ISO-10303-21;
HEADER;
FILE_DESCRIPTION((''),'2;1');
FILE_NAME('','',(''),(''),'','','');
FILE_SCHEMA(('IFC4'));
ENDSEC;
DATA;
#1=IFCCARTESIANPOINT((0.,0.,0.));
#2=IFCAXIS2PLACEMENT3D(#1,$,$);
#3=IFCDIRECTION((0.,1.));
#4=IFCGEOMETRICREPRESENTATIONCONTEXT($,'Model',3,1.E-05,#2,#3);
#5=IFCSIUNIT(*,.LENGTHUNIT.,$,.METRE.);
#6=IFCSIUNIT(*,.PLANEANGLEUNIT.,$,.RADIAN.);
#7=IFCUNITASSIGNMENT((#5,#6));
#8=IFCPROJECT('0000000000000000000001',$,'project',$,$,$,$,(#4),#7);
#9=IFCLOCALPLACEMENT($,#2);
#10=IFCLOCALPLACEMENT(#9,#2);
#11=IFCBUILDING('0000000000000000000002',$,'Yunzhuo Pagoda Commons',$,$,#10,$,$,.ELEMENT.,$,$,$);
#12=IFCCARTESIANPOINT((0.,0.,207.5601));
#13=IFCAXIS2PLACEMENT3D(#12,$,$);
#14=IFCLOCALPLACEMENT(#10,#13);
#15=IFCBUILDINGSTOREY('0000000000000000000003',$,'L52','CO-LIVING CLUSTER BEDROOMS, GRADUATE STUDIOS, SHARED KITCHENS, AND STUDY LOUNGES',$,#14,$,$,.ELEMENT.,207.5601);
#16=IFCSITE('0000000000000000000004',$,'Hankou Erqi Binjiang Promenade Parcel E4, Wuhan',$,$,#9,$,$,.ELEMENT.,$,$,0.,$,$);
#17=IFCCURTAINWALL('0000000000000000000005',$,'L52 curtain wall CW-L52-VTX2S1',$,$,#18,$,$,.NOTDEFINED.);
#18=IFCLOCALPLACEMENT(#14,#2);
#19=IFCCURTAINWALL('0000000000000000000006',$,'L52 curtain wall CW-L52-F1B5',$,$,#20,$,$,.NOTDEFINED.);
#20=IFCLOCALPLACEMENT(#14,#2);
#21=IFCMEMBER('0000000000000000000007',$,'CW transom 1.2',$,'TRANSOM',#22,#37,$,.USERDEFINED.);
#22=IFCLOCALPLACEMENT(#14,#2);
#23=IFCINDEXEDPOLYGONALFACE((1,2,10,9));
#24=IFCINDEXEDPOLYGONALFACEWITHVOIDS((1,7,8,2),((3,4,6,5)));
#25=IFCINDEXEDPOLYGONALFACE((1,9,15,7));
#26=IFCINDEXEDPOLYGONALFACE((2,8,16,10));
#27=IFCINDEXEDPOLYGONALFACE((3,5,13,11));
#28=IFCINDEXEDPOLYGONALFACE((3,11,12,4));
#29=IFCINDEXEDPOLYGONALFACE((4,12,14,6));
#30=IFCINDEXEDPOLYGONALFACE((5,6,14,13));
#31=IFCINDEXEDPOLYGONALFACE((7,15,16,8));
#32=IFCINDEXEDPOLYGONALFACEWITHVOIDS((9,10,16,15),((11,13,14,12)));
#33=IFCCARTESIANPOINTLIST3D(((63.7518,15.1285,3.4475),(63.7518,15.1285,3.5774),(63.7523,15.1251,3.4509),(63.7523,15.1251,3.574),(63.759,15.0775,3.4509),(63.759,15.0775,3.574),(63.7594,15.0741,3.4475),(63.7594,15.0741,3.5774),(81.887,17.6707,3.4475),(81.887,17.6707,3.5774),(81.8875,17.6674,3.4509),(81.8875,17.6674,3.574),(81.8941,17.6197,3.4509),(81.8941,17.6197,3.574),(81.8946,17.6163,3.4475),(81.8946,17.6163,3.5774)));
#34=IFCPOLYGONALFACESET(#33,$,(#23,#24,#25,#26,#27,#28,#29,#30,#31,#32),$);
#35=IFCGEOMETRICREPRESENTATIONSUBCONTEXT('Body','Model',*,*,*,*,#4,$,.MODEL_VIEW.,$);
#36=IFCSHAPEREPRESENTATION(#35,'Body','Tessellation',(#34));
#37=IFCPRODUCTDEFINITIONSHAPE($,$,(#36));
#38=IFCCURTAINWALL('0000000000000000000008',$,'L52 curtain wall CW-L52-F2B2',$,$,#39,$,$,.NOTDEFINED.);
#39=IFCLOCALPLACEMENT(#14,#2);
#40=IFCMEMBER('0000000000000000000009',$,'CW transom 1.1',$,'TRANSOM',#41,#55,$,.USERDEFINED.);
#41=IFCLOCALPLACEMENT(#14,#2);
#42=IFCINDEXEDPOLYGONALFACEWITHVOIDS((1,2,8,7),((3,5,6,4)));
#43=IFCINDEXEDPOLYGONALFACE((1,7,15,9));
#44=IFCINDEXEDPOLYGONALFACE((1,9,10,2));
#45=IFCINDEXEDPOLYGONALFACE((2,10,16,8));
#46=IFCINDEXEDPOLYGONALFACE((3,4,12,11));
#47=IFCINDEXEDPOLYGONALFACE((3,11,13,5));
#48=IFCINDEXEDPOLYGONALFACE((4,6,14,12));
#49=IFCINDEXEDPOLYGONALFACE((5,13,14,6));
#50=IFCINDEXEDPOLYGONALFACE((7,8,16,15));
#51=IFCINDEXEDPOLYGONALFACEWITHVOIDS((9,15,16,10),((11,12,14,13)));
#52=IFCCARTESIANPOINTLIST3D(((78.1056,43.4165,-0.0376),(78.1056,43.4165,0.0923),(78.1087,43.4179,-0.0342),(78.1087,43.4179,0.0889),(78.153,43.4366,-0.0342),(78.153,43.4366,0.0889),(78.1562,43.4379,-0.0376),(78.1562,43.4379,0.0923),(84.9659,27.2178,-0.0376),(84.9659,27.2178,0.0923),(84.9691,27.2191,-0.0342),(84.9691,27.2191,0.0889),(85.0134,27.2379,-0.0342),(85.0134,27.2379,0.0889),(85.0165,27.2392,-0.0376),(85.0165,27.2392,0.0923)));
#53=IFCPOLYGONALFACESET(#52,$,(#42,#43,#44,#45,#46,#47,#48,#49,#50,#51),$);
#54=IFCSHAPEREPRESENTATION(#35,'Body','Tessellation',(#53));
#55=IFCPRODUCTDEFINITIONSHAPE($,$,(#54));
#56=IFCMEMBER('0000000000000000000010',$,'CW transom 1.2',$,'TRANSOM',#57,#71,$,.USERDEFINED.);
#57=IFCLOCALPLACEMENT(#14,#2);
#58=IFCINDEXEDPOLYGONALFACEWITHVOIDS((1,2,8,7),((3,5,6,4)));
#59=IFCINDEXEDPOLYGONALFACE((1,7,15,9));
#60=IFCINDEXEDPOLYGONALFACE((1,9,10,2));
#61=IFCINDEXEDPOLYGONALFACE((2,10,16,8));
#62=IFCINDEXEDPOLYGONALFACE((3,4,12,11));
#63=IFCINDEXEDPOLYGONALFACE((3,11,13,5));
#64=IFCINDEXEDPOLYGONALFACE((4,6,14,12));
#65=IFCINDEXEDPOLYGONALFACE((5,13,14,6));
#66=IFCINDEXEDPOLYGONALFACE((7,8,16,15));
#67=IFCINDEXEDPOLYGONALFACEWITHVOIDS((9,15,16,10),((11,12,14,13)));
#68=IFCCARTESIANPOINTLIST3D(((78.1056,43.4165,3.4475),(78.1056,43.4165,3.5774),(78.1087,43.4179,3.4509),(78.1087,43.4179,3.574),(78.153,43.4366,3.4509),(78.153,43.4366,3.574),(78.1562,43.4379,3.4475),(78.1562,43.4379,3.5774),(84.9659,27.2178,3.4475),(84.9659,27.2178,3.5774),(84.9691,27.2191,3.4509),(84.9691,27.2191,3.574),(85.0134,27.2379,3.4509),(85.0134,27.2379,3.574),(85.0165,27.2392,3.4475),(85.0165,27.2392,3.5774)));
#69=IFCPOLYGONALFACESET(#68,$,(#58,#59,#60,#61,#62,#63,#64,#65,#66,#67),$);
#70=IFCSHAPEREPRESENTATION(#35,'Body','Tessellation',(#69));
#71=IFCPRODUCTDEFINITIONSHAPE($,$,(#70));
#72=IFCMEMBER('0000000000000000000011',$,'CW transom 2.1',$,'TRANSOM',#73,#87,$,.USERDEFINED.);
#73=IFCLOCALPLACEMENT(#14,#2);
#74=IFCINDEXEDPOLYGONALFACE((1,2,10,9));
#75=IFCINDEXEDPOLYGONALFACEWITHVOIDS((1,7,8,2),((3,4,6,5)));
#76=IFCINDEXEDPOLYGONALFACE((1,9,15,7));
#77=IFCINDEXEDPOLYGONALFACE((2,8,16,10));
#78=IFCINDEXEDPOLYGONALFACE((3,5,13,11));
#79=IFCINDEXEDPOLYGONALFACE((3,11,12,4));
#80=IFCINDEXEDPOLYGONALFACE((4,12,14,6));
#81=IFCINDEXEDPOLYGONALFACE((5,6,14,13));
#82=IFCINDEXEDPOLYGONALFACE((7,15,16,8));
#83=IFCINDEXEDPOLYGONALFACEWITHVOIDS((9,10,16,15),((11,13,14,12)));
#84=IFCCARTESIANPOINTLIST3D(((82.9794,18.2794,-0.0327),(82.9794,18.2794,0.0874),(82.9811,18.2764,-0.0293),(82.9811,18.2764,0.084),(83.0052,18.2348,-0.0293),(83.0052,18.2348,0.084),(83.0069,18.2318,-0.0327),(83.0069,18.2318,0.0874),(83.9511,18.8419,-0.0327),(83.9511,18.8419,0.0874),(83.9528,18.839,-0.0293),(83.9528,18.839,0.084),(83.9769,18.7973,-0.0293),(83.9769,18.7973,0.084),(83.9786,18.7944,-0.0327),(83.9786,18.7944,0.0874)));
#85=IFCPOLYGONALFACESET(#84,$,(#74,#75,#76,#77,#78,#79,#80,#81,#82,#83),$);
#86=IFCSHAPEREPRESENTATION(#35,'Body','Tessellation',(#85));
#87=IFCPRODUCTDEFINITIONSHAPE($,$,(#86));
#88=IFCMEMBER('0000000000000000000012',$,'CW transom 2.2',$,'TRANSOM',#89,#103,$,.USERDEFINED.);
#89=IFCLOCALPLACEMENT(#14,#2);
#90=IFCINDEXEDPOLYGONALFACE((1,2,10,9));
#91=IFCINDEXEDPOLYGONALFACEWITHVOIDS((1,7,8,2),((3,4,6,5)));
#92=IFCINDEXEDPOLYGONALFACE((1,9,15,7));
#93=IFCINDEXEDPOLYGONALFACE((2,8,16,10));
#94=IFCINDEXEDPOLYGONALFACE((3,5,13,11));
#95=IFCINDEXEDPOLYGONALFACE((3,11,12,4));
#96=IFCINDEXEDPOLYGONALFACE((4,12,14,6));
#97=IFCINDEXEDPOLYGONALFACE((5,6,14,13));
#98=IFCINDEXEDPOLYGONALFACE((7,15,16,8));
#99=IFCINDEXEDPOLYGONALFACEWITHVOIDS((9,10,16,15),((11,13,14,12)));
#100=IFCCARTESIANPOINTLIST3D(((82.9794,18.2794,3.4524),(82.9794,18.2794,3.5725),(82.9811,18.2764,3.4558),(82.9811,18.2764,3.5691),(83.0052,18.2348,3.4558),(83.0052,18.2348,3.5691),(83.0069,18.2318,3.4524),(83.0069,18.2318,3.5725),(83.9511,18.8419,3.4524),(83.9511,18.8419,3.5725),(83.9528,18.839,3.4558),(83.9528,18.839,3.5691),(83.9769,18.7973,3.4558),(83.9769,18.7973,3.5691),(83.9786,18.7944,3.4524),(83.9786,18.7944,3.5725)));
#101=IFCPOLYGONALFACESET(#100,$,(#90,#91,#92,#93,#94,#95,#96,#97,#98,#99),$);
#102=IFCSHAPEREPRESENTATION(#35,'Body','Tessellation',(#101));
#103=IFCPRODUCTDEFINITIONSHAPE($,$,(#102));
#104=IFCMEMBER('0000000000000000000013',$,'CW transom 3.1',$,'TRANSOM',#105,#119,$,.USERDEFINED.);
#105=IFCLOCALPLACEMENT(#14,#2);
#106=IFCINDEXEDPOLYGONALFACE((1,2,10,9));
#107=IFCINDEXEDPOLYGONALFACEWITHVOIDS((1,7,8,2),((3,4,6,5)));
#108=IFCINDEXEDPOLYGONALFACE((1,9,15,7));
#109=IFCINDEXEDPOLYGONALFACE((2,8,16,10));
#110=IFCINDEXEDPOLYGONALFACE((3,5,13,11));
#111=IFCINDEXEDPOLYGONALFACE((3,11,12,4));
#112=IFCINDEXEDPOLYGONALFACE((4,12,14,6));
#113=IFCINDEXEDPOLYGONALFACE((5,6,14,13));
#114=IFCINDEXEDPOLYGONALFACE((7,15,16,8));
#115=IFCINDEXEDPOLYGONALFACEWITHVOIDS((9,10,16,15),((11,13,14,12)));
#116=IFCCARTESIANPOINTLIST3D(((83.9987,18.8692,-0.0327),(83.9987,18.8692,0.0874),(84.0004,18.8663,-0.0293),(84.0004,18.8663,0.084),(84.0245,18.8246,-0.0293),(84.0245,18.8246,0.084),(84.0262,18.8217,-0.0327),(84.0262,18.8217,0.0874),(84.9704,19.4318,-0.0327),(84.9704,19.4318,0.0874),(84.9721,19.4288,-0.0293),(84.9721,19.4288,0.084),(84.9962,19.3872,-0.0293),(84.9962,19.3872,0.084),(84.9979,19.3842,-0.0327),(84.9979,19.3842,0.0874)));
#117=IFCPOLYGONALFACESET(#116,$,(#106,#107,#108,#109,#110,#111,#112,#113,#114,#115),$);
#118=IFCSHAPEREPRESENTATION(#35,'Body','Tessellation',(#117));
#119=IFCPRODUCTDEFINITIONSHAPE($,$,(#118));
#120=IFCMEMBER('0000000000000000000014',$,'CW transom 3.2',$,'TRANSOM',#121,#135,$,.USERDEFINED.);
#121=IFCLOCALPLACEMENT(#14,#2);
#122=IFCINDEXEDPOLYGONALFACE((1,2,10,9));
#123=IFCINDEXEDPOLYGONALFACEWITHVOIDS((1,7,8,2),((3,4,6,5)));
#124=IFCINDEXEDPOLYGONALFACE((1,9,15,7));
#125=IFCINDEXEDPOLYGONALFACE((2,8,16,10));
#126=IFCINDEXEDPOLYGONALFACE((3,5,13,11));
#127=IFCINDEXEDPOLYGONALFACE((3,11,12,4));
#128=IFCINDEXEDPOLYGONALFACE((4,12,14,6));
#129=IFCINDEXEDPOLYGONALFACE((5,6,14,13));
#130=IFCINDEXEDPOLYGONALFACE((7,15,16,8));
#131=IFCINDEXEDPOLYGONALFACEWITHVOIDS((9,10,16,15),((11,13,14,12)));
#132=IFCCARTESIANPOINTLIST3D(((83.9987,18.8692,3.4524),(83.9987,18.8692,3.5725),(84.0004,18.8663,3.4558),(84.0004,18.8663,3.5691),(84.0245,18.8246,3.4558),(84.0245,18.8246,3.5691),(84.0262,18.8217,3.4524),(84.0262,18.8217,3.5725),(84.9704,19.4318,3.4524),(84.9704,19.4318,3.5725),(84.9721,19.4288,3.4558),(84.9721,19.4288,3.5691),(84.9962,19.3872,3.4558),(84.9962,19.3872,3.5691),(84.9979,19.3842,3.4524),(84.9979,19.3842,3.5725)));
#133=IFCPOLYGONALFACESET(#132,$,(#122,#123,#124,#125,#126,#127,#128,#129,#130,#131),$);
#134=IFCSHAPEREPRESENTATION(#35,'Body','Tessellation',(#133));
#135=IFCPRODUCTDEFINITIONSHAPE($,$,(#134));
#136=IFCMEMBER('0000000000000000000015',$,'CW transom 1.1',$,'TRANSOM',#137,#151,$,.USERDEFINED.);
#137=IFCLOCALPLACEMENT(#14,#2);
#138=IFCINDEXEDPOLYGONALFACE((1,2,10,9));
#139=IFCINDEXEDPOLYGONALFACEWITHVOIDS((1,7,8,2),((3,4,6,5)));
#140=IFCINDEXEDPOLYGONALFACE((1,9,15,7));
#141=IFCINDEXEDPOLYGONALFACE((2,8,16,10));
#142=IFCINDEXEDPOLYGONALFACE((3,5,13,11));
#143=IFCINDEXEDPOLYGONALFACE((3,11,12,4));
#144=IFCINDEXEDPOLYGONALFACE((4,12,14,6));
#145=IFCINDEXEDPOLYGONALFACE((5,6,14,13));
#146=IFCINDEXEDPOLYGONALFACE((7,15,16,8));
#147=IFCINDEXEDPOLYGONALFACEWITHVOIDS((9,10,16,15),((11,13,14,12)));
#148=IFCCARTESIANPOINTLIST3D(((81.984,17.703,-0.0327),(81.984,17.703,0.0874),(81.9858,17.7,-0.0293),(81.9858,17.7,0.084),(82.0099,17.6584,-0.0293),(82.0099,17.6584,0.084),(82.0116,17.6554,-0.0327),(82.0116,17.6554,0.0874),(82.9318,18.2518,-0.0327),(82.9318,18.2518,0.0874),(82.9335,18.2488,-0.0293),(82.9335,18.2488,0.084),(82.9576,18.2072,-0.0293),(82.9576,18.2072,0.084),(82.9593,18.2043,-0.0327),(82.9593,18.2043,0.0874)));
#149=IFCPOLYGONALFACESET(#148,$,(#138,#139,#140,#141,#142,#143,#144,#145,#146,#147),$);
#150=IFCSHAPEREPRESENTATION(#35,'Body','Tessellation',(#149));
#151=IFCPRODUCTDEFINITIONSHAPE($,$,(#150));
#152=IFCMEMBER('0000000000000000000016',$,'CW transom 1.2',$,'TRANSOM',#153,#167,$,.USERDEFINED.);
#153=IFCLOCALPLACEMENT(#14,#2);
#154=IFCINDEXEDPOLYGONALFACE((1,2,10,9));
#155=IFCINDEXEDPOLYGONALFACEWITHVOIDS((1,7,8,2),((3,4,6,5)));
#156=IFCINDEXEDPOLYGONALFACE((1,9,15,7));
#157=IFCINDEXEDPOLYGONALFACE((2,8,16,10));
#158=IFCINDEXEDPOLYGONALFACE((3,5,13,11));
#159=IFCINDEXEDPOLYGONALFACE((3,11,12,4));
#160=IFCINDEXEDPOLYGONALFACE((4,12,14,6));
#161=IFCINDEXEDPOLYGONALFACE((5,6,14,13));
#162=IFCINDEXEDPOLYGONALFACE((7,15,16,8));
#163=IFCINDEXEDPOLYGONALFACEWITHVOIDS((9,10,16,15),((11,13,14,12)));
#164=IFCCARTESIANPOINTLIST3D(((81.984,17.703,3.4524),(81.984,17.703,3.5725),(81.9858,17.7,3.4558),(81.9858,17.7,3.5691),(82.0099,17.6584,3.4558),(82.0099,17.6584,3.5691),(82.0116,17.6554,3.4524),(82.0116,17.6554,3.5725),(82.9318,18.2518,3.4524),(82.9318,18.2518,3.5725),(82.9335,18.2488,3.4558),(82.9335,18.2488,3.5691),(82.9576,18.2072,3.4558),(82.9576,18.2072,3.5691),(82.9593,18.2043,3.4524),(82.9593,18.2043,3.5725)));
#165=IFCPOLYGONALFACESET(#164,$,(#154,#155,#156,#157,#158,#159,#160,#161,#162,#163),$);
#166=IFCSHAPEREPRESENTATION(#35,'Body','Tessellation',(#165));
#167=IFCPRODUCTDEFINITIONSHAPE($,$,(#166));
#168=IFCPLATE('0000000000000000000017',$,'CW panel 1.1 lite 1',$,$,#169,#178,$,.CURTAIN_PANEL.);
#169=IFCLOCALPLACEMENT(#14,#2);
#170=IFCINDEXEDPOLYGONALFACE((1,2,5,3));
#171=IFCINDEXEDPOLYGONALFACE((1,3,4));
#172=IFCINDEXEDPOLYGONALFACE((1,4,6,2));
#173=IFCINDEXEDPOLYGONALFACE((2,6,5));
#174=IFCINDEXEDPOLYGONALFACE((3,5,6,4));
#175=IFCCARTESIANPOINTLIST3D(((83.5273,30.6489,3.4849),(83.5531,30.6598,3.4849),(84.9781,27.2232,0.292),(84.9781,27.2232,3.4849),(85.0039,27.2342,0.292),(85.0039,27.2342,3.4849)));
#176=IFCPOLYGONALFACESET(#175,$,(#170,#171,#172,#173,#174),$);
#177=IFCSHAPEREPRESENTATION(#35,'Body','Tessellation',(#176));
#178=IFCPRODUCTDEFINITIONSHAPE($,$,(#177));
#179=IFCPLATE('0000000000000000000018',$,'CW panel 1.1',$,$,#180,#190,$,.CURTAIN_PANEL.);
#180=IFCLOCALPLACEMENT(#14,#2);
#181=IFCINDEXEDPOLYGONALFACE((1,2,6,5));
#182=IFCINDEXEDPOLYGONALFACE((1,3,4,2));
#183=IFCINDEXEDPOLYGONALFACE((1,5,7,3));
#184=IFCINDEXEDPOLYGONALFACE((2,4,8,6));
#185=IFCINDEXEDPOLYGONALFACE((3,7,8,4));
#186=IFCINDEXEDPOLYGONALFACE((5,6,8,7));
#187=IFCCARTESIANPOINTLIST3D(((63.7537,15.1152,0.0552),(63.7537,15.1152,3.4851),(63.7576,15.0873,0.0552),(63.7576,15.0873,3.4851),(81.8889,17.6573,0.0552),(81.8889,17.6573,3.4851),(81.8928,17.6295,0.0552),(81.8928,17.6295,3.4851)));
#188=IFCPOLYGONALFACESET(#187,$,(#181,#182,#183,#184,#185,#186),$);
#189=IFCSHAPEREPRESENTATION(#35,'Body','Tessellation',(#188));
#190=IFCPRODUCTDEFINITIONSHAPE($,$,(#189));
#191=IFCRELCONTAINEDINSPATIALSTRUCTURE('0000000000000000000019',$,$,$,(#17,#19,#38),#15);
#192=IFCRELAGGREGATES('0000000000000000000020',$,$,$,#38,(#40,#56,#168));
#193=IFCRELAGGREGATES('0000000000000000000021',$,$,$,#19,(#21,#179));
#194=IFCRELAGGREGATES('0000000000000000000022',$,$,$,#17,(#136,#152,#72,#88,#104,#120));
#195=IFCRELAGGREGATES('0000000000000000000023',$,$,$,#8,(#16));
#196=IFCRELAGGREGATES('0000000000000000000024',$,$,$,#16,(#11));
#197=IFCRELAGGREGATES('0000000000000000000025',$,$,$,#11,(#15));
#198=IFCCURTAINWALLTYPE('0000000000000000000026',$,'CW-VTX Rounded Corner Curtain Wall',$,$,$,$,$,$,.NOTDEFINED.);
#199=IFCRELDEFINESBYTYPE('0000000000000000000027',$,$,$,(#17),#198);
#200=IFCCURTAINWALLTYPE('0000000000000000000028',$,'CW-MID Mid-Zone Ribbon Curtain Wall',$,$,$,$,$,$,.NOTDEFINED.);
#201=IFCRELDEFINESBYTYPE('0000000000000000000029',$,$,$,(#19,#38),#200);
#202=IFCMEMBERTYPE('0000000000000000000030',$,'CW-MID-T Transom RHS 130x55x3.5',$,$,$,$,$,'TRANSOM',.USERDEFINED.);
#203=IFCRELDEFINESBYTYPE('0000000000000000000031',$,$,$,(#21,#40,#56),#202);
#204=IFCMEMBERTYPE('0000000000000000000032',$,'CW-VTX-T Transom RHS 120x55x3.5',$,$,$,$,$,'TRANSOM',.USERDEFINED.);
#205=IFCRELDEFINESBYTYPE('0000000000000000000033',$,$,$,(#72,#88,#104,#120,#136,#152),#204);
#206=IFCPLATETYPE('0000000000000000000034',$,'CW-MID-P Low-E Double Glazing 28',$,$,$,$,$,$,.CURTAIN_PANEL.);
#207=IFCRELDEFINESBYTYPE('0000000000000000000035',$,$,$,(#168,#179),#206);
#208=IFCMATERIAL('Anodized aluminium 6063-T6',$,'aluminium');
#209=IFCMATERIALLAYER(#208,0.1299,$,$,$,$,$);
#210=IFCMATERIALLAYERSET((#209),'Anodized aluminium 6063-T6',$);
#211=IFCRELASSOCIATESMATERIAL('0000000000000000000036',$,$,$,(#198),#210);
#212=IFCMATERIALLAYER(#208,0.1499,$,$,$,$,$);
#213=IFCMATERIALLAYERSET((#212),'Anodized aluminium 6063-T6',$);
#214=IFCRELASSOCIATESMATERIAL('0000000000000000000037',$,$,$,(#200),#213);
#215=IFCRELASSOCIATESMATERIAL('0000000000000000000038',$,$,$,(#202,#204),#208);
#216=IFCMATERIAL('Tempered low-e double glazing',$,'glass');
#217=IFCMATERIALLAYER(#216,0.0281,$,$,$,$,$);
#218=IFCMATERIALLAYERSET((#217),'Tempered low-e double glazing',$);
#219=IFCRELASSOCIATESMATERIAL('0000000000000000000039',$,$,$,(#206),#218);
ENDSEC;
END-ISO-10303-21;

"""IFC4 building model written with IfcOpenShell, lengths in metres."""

from ifc_helpers import new_model, si_unit, direction, frame, origin, origin_2d, place, context, subcontext, project, spatial, polyline, rectangle, hollow_rectangle, outline, extrude, source, transform, mapped, material, layer, layer_set, material_profile, profile_set, type_object, element, aggregate, save


model = new_model("IFC4")

# Units and contexts
model_context = context("Model", 3, precision=1e-05, world=origin(), true_north=direction((0.0, 1.0)))
body_context = subcontext(model_context, "Body", "Model", "MODEL_VIEW")
ifc_project = project(units=[si_unit("LENGTHUNIT", "METRE"), si_unit("PLANEANGLEUNIT", "RADIAN")], contexts=[model_context])

# Site, building, storey
site_placement = place(None, origin())
site = spatial("IfcSite", under=ifc_project, at=site_placement, Name="Hankou Erqi Binjiang Promenade Parcel E4, Wuhan", CompositionType="ELEMENT", RefElevation=0.0)
building_placement = place(site_placement, origin())
building = spatial("IfcBuilding", under=site, at=building_placement, Name="Yunzhuo Pagoda Commons", CompositionType="ELEMENT")
storey_placement = place(building_placement, frame((0.0, 0.0, 207.5601)))
storey = spatial("IfcBuildingStorey", under=building, at=storey_placement, Name="L52", Description="CO-LIVING CLUSTER BEDROOMS, GRADUATE STUDIOS, SHARED KITCHENS, AND STUDY LOUNGES", CompositionType="ELEMENT", Elevation=207.5601)

# Curtain walls, members
ifc_material_1 = material(Name="Anodized aluminium 6063-T6", Category="aluminium")
ifc_layer_1 = layer(ifc_material_1, 0.1299)
ifc_layer_set_1 = layer_set([ifc_layer_1], Name="Anodized aluminium 6063-T6")
curtain_wall_type_1 = type_object("IfcCurtainWallType", Name="CW-VTX Rounded Corner Curtain Wall", PredefinedType="NOTDEFINED", material=ifc_layer_set_1)
curtain_wall_1_placement = place(storey_placement, origin())
curtain_wall_1 = element("IfcCurtainWall", 1, at=curtain_wall_1_placement, inside=storey, type_object=curtain_wall_type_1, Name="L52 curtain wall CW-L52-VTX2S1", PredefinedType="NOTDEFINED")
ifc_layer_2 = layer(ifc_material_1, 0.1499)
ifc_layer_set_2 = layer_set([ifc_layer_2], Name="Anodized aluminium 6063-T6")
curtain_wall_type_2 = type_object("IfcCurtainWallType", Name="CW-MID Mid-Zone Ribbon Curtain Wall", PredefinedType="NOTDEFINED", material=ifc_layer_set_2)
curtain_wall_2_placement = place(storey_placement, origin())
curtain_wall_2 = element("IfcCurtainWall", 2, at=curtain_wall_2_placement, inside=storey, type_object=curtain_wall_type_2, Name="L52 curtain wall CW-L52-F1B5", PredefinedType="NOTDEFINED")
ifc_material_profile_1 = material_profile(ifc_material_1, hollow_rectangle(XDim=0.0549, YDim=0.1299, WallThickness=0.0034, at=origin_2d()), Name="Anodized aluminium 6063-T6")
ifc_profile_set_1 = profile_set([ifc_material_profile_1], Name="Anodized aluminium 6063-T6")
member_type_1 = type_object("IfcMemberType", Name="CW-MID-T Transom RHS 130x55x3.5", ElementType="TRANSOM", PredefinedType="USERDEFINED", material=ifc_profile_set_1)
shared_shape_1 = source(origin(), body_context, "Body", "SweptSolid", [
    extrude(hollow_rectangle(XDim=0.0549, YDim=0.1299, WallThickness=0.0034, at=origin_2d()), origin(), (0.0, 0.0, 1.0), 18.3125),
])
member_1_placement = place(storey_placement, frame((63.7556, 15.1013, 3.5125), z_axis=(0.990317, 0.138825, 0.0), x_axis=(-0.138825, 0.990317, 0.0)))
member_1 = element("IfcMember", 3, at=member_1_placement, type_object=member_type_1, Name="CW transom 1.2", ObjectType="TRANSOM", PredefinedType="USERDEFINED", context=body_context, shape_type="MappedRepresentation", body=[
    mapped(shared_shape_1, transform((0.0, 0.0, 0.0), scale=1.0)),
])
curtain_wall_3_placement = place(storey_placement, origin())
curtain_wall_3 = element("IfcCurtainWall", 4, at=curtain_wall_3_placement, inside=storey, type_object=curtain_wall_type_2, Name="L52 curtain wall CW-L52-F2B2", PredefinedType="NOTDEFINED")
shared_shape_2 = source(origin(), body_context, "Body", "SweptSolid", [
    extrude(hollow_rectangle(XDim=0.0549, YDim=0.1299, WallThickness=0.0034, at=origin_2d()), origin(), (0.0, 0.0, 1.0), 17.5916),
])
member_2_placement = place(storey_placement, frame((84.9912, 27.2285, 0.0273), z_axis=(-0.38998, 0.920824, 0.0), x_axis=(-0.920824, -0.38998, 0.0)))
member_2 = element("IfcMember", 5, at=member_2_placement, type_object=member_type_1, Name="CW transom 1.1", ObjectType="TRANSOM", PredefinedType="USERDEFINED", context=body_context, shape_type="MappedRepresentation", body=[
    mapped(shared_shape_2, transform((0.0, 0.0, 0.0), scale=1.0)),
])
member_3_placement = place(storey_placement, frame((84.9912, 27.2285, 3.5125), z_axis=(-0.38998, 0.920824, 0.0), x_axis=(-0.920824, -0.38998, 0.0)))
member_3 = element("IfcMember", 6, at=member_3_placement, type_object=member_type_1, Name="CW transom 1.2", ObjectType="TRANSOM", PredefinedType="USERDEFINED", context=body_context, shape_type="MappedRepresentation", body=[
    mapped(shared_shape_2, transform((0.0, 0.0, 0.0), scale=1.0)),
])

# Members
ifc_material_profile_2 = material_profile(ifc_material_1, hollow_rectangle(XDim=0.0549, YDim=0.1201, WallThickness=0.0034, at=origin_2d()), Name="Anodized aluminium 6063-T6")
ifc_profile_set_2 = profile_set([ifc_material_profile_2], Name="Anodized aluminium 6063-T6")
member_type_2 = type_object("IfcMemberType", Name="CW-VTX-T Transom RHS 120x55x3.5", ElementType="TRANSOM", PredefinedType="USERDEFINED", material=ifc_profile_set_2)
shared_shape_3 = source(origin(), body_context, "Body", "SweptSolid", [
    extrude(hollow_rectangle(XDim=0.0549, YDim=0.1201, WallThickness=0.0034, at=origin_2d()), origin(), (0.0, 0.0, 1.0), 1.1228),
])
member_4_placement = place(storey_placement, frame((82.9932, 18.2556, 0.0273), z_axis=(0.865446, 0.501002, 0.0), x_axis=(-0.501002, 0.865446, 0.0)))
member_4 = element("IfcMember", 7, at=member_4_placement, type_object=member_type_2, Name="CW transom 2.1", ObjectType="TRANSOM", PredefinedType="USERDEFINED", context=body_context, shape_type="MappedRepresentation", body=[
    mapped(shared_shape_3, transform((0.0, 0.0, 0.0), scale=1.0)),
])
member_5_placement = place(storey_placement, frame((82.9932, 18.2556, 3.5125), z_axis=(0.865446, 0.501002, 0.0), x_axis=(-0.501002, 0.865446, 0.0)))
member_5 = element("IfcMember", 8, at=member_5_placement, type_object=member_type_2, Name="CW transom 2.2", ObjectType="TRANSOM", PredefinedType="USERDEFINED", context=body_context, shape_type="MappedRepresentation", body=[
    mapped(shared_shape_3, transform((0.0, 0.0, 0.0), scale=1.0)),
])
member_6_placement = place(storey_placement, frame((84.0125, 18.8455, 0.0273), z_axis=(0.865446, 0.501002, 0.0), x_axis=(-0.501002, 0.865446, 0.0)))
member_6 = element("IfcMember", 9, at=member_6_placement, type_object=member_type_2, Name="CW transom 3.1", ObjectType="TRANSOM", PredefinedType="USERDEFINED", context=body_context, shape_type="MappedRepresentation", body=[
    mapped(shared_shape_3, transform((0.0, 0.0, 0.0), scale=1.0)),
])
member_7_placement = place(storey_placement, frame((84.0125, 18.8455, 3.5125), z_axis=(0.865446, 0.501002, 0.0), x_axis=(-0.501002, 0.865446, 0.0)))
member_7 = element("IfcMember", 10, at=member_7_placement, type_object=member_type_2, Name="CW transom 3.2", ObjectType="TRANSOM", PredefinedType="USERDEFINED", context=body_context, shape_type="MappedRepresentation", body=[
    mapped(shared_shape_3, transform((0.0, 0.0, 0.0), scale=1.0)),
])
shared_shape_4 = source(origin(), body_context, "Body", "SweptSolid", [
    extrude(hollow_rectangle(XDim=0.0549, YDim=0.1201, WallThickness=0.0034, at=origin_2d()), origin(), (0.0, 0.0, 1.0), 1.0952),
])
member_8_placement = place(storey_placement, frame((81.9978, 17.6792, 0.0273), z_axis=(0.865375, 0.501124, 0.0), x_axis=(-0.501124, 0.865375, 0.0)))
member_8 = element("IfcMember", 11, at=member_8_placement, type_object=member_type_2, Name="CW transom 1.1", ObjectType="TRANSOM", PredefinedType="USERDEFINED", context=body_context, shape_type="MappedRepresentation", body=[
    mapped(shared_shape_4, transform((0.0, 0.0, 0.0), scale=1.0)),
])
member_9_placement = place(storey_placement, frame((81.9978, 17.6792, 3.5125), z_axis=(0.865375, 0.501124, 0.0), x_axis=(-0.501124, 0.865375, 0.0)))
member_9 = element("IfcMember", 12, at=member_9_placement, type_object=member_type_2, Name="CW transom 1.2", ObjectType="TRANSOM", PredefinedType="USERDEFINED", context=body_context, shape_type="MappedRepresentation", body=[
    mapped(shared_shape_4, transform((0.0, 0.0, 0.0), scale=1.0)),
])

# Plates
ifc_material_2 = material(Name="Tempered low-e double glazing", Category="glass")
ifc_layer_3 = layer(ifc_material_2, 0.0281)
ifc_layer_set_3 = layer_set([ifc_layer_3], Name="Tempered low-e double glazing")
plate_type_1 = type_object("IfcPlateType", Name="CW-MID-P Low-E Double Glazing 28", PredefinedType="CURTAIN_PANEL", material=ifc_layer_set_3)
plate_1_placement = place(storey_placement, frame((84.2527, 28.936, 1.8884), z_axis=(0.920824, 0.389978, 0.0), x_axis=(-0.389978, 0.920824, 0.0)))
plate_1 = element("IfcPlate", 13, at=plate_1_placement, type_object=plate_type_1, Name="CW panel 1.1 lite 1", PredefinedType="CURTAIN_PANEL", context=body_context, shape_type="SweptSolid", body=[
    extrude(outline(polyline([(-1.8601, -1.5964), (1.8601, 1.5964), (-1.8601, 1.5964), (-1.8601, -1.5964)])), origin(), (0.0, 0.0, 1.0), 0.0281),
])
aggregate(curtain_wall_3, [member_2, member_3, plate_1])
shared_shape_5 = source(origin(), body_context, "Body", "SweptSolid", [
    extrude(rectangle(XDim=18.3125, YDim=0.0281, at=origin_2d()), origin(), (0.0, 0.0, 1.0), 3.4299),
])
plate_2_placement = place(storey_placement, frame((72.8232, 16.3723, 0.0552), z_axis=(0.0, 0.0, 1.0), x_axis=(0.990318, 0.138819, 0.0)))
plate_2 = element("IfcPlate", 14, at=plate_2_placement, type_object=plate_type_1, Name="CW panel 1.1", PredefinedType="CURTAIN_PANEL", context=body_context, shape_type="MappedRepresentation", body=[
    mapped(shared_shape_5, transform((0.0, 0.0, 0.0), scale=1.0)),
])
aggregate(curtain_wall_2, [member_1, plate_2])
aggregate(curtain_wall_1, [member_8, member_9, member_4, member_5, member_6, member_7])

save(model, "model.ifc")
